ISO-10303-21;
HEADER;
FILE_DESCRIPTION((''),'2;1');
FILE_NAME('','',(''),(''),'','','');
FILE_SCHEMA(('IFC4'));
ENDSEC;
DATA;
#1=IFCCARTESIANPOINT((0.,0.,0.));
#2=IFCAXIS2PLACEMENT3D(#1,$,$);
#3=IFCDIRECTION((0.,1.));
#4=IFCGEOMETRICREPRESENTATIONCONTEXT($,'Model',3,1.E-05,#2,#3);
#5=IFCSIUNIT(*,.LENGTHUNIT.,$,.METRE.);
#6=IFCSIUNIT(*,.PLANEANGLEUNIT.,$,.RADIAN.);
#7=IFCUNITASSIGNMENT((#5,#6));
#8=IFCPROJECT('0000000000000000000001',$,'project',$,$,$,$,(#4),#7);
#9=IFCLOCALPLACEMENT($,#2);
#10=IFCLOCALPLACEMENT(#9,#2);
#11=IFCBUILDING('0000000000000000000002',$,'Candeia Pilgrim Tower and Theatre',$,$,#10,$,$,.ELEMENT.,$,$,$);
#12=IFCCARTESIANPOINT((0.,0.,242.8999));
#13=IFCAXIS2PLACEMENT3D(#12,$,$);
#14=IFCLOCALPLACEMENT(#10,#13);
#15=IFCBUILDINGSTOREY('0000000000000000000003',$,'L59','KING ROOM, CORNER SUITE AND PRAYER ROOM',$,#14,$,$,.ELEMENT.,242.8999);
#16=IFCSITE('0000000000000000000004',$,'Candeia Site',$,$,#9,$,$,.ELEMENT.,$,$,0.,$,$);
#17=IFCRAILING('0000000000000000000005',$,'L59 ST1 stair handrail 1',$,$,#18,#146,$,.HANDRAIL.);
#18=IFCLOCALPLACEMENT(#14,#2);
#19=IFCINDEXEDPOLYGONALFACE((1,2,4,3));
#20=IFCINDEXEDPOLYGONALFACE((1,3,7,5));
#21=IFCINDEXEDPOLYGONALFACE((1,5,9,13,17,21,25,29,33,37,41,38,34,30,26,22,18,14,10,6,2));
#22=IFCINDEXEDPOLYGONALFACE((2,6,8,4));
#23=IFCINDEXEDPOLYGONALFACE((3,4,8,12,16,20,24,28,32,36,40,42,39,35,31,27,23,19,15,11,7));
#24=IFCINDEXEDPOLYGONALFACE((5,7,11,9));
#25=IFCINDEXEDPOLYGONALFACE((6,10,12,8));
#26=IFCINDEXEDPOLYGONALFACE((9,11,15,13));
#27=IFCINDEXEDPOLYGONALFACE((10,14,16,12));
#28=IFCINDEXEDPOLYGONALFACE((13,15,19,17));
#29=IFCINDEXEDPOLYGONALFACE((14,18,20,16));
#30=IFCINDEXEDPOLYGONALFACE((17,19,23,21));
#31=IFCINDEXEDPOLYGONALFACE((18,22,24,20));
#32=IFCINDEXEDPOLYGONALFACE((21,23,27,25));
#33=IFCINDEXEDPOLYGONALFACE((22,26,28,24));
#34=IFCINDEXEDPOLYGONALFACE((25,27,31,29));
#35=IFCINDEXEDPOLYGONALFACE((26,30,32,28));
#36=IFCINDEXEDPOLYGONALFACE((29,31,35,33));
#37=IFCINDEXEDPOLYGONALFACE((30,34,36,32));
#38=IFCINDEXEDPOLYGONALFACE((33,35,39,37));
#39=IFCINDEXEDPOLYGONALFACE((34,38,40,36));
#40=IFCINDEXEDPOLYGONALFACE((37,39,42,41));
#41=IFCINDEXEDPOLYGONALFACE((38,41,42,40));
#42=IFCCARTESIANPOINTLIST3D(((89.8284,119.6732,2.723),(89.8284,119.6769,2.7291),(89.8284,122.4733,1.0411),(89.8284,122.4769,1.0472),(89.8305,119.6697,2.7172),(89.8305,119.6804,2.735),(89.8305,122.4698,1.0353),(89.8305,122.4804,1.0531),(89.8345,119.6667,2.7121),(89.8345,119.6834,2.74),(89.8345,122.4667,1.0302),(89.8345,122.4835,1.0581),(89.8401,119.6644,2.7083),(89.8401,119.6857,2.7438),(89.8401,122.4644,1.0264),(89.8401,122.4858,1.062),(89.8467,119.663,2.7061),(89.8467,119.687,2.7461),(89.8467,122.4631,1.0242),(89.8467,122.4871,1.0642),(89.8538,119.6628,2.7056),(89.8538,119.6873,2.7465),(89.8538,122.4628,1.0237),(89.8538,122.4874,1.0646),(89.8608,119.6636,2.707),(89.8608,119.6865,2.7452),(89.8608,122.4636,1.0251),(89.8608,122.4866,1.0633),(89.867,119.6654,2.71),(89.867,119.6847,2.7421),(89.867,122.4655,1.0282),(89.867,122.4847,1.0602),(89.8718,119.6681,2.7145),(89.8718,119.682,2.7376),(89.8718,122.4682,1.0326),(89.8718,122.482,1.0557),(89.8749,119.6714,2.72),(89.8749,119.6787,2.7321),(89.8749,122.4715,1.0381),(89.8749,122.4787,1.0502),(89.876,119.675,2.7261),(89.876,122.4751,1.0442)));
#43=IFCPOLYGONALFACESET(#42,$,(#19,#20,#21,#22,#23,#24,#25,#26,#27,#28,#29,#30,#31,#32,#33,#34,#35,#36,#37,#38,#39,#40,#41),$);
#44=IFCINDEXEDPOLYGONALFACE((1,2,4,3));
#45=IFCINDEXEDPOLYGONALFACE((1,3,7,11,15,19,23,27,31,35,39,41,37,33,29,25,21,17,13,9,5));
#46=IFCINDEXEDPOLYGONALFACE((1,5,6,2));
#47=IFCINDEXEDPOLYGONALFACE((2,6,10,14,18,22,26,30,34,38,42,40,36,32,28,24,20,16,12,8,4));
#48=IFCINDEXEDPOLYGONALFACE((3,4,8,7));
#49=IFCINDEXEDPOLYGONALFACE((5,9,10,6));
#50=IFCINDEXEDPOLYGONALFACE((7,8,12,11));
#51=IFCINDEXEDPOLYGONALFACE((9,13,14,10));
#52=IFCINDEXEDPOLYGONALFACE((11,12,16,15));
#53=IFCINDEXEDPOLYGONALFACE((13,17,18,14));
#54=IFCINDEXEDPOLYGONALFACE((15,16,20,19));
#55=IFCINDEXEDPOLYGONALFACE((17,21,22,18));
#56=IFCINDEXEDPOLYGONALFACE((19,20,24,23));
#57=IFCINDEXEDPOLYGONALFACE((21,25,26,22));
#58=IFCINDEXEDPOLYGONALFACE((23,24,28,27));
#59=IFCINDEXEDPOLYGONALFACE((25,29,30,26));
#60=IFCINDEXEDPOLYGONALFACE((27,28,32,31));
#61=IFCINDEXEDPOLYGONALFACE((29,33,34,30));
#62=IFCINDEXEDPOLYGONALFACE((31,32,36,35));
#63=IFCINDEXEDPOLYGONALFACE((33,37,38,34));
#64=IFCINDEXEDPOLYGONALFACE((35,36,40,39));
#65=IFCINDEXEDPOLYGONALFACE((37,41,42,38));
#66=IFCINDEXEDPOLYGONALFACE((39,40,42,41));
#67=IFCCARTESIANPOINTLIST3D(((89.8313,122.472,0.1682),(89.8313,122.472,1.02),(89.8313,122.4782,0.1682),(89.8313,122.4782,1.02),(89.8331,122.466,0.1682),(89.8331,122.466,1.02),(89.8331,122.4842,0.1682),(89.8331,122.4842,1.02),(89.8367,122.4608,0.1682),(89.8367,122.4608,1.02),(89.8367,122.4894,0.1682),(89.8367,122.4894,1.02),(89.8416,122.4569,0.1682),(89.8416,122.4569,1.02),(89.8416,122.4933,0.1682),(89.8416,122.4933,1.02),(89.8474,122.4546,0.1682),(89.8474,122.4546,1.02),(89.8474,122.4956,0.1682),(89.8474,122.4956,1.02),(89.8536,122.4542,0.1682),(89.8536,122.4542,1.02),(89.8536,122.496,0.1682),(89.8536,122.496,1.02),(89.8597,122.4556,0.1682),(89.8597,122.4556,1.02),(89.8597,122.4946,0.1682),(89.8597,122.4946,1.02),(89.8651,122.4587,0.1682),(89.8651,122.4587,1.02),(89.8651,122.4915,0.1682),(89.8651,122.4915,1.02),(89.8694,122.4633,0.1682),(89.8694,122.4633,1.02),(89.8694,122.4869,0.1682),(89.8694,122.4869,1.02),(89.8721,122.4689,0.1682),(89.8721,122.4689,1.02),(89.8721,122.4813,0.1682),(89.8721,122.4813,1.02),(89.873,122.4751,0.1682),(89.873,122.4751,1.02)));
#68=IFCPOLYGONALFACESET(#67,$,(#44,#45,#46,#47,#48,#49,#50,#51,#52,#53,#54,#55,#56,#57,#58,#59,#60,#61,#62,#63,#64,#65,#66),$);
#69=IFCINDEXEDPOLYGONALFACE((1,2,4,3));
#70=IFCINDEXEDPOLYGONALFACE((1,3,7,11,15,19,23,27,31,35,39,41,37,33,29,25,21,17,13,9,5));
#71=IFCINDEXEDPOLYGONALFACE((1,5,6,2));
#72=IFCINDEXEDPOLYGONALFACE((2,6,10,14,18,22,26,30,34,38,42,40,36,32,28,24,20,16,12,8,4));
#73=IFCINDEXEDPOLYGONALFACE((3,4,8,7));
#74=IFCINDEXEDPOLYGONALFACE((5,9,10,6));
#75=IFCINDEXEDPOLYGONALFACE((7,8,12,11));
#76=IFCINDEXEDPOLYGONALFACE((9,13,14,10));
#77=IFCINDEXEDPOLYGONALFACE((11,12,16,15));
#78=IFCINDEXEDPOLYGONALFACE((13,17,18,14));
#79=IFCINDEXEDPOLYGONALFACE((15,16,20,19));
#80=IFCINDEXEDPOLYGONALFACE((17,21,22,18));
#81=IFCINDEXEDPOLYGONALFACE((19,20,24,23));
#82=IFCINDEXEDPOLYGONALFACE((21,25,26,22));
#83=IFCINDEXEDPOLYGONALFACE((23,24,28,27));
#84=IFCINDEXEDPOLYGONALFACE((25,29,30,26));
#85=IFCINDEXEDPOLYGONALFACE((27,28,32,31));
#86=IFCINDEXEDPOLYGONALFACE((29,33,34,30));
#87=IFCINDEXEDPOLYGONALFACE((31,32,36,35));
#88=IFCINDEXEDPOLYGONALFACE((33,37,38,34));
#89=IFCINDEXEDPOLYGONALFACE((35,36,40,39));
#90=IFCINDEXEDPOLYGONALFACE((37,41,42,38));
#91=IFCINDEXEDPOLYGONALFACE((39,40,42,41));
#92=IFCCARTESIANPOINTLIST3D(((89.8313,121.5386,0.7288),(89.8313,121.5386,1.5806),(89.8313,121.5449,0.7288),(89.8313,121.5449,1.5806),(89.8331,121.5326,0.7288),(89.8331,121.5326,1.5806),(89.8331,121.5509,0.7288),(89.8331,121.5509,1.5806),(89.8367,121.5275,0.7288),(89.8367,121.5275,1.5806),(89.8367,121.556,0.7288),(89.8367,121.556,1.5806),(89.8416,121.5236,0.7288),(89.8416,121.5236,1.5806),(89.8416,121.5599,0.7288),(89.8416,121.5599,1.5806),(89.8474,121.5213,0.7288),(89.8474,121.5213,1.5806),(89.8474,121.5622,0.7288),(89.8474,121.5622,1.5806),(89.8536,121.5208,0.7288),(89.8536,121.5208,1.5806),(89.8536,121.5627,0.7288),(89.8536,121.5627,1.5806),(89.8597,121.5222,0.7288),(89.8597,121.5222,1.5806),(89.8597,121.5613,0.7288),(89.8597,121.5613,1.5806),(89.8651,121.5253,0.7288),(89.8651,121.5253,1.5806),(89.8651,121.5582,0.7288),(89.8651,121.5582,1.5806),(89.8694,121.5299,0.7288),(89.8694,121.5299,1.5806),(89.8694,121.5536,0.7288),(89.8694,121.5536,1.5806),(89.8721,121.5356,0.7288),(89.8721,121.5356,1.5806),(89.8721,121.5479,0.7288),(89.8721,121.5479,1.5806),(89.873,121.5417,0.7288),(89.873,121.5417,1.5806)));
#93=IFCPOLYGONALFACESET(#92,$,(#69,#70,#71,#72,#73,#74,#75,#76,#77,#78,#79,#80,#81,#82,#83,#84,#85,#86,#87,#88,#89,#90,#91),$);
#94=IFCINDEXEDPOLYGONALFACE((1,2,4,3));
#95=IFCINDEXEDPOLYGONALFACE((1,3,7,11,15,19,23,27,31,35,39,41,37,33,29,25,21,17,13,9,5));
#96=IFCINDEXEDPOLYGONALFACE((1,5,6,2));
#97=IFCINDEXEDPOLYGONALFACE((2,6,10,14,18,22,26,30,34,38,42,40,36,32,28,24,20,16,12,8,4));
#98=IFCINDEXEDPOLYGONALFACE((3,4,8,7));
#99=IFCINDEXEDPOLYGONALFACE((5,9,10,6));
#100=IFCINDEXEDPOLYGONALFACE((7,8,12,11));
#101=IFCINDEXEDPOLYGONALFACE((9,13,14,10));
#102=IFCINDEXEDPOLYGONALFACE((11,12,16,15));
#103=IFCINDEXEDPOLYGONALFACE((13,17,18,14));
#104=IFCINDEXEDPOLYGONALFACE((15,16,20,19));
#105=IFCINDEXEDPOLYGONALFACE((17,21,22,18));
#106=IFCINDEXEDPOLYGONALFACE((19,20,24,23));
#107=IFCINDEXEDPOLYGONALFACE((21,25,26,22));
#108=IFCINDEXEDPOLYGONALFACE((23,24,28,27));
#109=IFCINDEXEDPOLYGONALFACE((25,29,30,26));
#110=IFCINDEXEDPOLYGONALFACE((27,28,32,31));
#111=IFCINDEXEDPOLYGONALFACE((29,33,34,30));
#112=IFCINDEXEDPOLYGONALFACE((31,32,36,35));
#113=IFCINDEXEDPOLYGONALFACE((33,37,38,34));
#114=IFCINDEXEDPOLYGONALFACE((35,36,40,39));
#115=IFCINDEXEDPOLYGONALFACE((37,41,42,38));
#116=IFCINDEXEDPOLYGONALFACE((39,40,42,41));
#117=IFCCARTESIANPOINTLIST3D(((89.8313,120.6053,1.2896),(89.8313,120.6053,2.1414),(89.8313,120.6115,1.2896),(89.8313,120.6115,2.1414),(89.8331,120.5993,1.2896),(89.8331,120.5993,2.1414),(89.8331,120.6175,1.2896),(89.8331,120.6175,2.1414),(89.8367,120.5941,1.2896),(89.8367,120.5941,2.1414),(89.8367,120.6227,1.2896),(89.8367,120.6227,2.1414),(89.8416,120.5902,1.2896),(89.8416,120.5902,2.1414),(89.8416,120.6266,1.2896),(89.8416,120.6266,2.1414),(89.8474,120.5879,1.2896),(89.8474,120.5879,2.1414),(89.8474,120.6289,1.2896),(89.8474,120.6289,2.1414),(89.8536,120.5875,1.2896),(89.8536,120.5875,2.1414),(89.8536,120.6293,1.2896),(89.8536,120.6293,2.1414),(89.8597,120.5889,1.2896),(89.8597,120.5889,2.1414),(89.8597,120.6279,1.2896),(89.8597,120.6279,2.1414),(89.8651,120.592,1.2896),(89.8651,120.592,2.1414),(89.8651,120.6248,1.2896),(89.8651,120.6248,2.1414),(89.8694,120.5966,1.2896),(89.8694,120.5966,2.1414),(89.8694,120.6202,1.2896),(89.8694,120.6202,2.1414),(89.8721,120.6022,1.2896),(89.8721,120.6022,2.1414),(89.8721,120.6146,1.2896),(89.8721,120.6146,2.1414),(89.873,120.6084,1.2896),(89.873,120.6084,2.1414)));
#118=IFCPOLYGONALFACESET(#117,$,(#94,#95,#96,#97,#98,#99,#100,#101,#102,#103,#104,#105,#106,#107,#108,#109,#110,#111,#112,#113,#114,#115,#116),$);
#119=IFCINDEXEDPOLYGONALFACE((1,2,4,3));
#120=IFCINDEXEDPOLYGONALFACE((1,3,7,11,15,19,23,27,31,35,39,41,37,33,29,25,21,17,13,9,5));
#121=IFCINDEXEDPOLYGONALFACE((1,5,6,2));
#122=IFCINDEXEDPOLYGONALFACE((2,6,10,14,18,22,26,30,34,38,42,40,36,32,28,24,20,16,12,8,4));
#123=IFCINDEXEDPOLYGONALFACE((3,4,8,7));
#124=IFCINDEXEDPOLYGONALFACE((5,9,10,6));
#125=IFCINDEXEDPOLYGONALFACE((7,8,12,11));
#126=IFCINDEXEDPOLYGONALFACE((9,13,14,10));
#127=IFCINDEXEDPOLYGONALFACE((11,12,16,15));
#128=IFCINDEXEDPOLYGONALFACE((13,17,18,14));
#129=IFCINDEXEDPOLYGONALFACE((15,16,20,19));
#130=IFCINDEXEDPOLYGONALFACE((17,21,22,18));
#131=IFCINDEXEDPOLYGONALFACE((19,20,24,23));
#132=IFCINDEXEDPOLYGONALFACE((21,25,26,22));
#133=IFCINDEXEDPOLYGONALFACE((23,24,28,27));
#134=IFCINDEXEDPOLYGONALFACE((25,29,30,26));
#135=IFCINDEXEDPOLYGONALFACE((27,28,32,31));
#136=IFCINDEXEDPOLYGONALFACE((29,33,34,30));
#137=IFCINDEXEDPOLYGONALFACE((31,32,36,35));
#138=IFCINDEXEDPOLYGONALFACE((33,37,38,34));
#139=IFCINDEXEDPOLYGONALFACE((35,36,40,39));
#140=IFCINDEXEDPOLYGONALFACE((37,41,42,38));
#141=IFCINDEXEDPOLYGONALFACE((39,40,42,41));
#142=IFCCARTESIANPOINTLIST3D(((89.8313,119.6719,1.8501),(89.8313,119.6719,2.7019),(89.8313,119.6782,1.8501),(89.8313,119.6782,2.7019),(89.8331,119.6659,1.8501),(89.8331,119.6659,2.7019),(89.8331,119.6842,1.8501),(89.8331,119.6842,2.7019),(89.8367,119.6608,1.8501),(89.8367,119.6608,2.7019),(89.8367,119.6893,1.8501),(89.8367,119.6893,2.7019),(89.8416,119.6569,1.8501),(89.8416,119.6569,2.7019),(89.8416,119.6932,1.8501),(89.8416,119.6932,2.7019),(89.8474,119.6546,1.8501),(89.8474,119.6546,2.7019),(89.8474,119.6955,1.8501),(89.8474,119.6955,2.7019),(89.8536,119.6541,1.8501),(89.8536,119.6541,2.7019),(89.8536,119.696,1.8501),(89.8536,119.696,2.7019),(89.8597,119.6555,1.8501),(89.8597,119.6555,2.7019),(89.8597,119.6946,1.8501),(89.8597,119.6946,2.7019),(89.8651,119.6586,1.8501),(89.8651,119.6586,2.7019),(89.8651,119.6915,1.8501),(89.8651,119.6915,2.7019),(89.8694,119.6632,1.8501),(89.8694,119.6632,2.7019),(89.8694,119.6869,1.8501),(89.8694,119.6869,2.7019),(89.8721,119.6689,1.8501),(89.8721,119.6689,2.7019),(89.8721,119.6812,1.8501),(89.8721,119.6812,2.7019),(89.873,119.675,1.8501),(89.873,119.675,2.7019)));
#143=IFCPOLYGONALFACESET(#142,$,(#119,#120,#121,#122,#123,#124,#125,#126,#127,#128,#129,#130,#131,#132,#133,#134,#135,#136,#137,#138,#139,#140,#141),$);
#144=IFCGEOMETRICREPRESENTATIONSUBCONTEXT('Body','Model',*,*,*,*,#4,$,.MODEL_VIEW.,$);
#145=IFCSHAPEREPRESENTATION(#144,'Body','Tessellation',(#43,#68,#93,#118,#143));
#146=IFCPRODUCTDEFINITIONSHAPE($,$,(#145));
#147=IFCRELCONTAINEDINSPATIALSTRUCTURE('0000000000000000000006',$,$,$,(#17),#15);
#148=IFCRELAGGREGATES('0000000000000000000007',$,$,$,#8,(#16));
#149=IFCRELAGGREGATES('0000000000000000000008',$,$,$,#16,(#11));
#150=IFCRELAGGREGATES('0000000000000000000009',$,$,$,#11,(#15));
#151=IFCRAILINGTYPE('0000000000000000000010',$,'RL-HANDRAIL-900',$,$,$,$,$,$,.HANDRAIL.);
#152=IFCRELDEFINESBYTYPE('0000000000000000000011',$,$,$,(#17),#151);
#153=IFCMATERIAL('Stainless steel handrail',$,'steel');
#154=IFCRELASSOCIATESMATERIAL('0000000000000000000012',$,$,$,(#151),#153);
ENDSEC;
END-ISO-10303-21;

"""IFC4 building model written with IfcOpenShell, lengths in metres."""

from ifc_helpers import new_model, si_unit, direction, frame, origin, origin_2d, place, context, subcontext, project, spatial, circle, extrude, material, type_object, element, save


model = new_model("IFC4")

# Units and contexts
model_context = context("Model", 3, precision=1e-05, world=origin(), true_north=direction((0.0, 1.0)))
body_context = subcontext(model_context, "Body", "Model", "MODEL_VIEW")
ifc_project = project(units=[si_unit("LENGTHUNIT", "METRE"), si_unit("PLANEANGLEUNIT", "RADIAN")], contexts=[model_context])

# Site, building, storey
site_placement = place(None, origin())
site = spatial("IfcSite", under=ifc_project, at=site_placement, Name="Candeia Site", CompositionType="ELEMENT", RefElevation=0.0)
building_placement = place(site_placement, origin())
building = spatial("IfcBuilding", under=site, at=building_placement, Name="Candeia Pilgrim Tower and Theatre", CompositionType="ELEMENT")
storey_placement = place(building_placement, frame((0.0, 0.0, 242.8999)))
storey = spatial("IfcBuildingStorey", under=building, at=storey_placement, Name="L59", Description="KING ROOM, CORNER SUITE AND PRAYER ROOM", CompositionType="ELEMENT", Elevation=242.8999)

# Railing
ifc_material_1 = material(Name="Stainless steel handrail", Category="steel")
railing_type_1 = type_object("IfcRailingType", Name="RL-HANDRAIL-900", PredefinedType="HANDRAIL", material=ifc_material_1)
for number, where, name in (
    (1, (89.8521, 122.4751, 0.1682), "L59 ST1 stair handrail 1"),
):
    element("IfcRailing", number, at=place(storey_placement, frame(where)), inside=storey, type_object=railing_type_1, Name=name, PredefinedType="HANDRAIL", context=body_context, shape_type="SweptSolid", body=[
        extrude(circle(Radius=0.0239, at=origin_2d()), frame((0.0, 0.0, 0.876), z_axis=(0.0, -0.857242, 0.514913), x_axis=(1.0, 0.0, 0.0)), (0.0, 0.0, 1.0), 3.2664),
        extrude(circle(Radius=0.021, at=origin_2d()), origin(), (0.0, 0.0, 1.0), 0.8518),
        extrude(circle(Radius=0.021, at=origin_2d()), frame((0.0, -0.9333, 0.5605)), (0.0, 0.0, 1.0), 0.8518),
        extrude(circle(Radius=0.021, at=origin_2d()), frame((0.0, -1.8667, 1.1213)), (0.0, 0.0, 1.0), 0.8518),
        extrude(circle(Radius=0.021, at=origin_2d()), frame((0.0, -2.8, 1.6819)), (0.0, 0.0, 1.0), 0.8518),
    ])

save(model, "model.ifc")
